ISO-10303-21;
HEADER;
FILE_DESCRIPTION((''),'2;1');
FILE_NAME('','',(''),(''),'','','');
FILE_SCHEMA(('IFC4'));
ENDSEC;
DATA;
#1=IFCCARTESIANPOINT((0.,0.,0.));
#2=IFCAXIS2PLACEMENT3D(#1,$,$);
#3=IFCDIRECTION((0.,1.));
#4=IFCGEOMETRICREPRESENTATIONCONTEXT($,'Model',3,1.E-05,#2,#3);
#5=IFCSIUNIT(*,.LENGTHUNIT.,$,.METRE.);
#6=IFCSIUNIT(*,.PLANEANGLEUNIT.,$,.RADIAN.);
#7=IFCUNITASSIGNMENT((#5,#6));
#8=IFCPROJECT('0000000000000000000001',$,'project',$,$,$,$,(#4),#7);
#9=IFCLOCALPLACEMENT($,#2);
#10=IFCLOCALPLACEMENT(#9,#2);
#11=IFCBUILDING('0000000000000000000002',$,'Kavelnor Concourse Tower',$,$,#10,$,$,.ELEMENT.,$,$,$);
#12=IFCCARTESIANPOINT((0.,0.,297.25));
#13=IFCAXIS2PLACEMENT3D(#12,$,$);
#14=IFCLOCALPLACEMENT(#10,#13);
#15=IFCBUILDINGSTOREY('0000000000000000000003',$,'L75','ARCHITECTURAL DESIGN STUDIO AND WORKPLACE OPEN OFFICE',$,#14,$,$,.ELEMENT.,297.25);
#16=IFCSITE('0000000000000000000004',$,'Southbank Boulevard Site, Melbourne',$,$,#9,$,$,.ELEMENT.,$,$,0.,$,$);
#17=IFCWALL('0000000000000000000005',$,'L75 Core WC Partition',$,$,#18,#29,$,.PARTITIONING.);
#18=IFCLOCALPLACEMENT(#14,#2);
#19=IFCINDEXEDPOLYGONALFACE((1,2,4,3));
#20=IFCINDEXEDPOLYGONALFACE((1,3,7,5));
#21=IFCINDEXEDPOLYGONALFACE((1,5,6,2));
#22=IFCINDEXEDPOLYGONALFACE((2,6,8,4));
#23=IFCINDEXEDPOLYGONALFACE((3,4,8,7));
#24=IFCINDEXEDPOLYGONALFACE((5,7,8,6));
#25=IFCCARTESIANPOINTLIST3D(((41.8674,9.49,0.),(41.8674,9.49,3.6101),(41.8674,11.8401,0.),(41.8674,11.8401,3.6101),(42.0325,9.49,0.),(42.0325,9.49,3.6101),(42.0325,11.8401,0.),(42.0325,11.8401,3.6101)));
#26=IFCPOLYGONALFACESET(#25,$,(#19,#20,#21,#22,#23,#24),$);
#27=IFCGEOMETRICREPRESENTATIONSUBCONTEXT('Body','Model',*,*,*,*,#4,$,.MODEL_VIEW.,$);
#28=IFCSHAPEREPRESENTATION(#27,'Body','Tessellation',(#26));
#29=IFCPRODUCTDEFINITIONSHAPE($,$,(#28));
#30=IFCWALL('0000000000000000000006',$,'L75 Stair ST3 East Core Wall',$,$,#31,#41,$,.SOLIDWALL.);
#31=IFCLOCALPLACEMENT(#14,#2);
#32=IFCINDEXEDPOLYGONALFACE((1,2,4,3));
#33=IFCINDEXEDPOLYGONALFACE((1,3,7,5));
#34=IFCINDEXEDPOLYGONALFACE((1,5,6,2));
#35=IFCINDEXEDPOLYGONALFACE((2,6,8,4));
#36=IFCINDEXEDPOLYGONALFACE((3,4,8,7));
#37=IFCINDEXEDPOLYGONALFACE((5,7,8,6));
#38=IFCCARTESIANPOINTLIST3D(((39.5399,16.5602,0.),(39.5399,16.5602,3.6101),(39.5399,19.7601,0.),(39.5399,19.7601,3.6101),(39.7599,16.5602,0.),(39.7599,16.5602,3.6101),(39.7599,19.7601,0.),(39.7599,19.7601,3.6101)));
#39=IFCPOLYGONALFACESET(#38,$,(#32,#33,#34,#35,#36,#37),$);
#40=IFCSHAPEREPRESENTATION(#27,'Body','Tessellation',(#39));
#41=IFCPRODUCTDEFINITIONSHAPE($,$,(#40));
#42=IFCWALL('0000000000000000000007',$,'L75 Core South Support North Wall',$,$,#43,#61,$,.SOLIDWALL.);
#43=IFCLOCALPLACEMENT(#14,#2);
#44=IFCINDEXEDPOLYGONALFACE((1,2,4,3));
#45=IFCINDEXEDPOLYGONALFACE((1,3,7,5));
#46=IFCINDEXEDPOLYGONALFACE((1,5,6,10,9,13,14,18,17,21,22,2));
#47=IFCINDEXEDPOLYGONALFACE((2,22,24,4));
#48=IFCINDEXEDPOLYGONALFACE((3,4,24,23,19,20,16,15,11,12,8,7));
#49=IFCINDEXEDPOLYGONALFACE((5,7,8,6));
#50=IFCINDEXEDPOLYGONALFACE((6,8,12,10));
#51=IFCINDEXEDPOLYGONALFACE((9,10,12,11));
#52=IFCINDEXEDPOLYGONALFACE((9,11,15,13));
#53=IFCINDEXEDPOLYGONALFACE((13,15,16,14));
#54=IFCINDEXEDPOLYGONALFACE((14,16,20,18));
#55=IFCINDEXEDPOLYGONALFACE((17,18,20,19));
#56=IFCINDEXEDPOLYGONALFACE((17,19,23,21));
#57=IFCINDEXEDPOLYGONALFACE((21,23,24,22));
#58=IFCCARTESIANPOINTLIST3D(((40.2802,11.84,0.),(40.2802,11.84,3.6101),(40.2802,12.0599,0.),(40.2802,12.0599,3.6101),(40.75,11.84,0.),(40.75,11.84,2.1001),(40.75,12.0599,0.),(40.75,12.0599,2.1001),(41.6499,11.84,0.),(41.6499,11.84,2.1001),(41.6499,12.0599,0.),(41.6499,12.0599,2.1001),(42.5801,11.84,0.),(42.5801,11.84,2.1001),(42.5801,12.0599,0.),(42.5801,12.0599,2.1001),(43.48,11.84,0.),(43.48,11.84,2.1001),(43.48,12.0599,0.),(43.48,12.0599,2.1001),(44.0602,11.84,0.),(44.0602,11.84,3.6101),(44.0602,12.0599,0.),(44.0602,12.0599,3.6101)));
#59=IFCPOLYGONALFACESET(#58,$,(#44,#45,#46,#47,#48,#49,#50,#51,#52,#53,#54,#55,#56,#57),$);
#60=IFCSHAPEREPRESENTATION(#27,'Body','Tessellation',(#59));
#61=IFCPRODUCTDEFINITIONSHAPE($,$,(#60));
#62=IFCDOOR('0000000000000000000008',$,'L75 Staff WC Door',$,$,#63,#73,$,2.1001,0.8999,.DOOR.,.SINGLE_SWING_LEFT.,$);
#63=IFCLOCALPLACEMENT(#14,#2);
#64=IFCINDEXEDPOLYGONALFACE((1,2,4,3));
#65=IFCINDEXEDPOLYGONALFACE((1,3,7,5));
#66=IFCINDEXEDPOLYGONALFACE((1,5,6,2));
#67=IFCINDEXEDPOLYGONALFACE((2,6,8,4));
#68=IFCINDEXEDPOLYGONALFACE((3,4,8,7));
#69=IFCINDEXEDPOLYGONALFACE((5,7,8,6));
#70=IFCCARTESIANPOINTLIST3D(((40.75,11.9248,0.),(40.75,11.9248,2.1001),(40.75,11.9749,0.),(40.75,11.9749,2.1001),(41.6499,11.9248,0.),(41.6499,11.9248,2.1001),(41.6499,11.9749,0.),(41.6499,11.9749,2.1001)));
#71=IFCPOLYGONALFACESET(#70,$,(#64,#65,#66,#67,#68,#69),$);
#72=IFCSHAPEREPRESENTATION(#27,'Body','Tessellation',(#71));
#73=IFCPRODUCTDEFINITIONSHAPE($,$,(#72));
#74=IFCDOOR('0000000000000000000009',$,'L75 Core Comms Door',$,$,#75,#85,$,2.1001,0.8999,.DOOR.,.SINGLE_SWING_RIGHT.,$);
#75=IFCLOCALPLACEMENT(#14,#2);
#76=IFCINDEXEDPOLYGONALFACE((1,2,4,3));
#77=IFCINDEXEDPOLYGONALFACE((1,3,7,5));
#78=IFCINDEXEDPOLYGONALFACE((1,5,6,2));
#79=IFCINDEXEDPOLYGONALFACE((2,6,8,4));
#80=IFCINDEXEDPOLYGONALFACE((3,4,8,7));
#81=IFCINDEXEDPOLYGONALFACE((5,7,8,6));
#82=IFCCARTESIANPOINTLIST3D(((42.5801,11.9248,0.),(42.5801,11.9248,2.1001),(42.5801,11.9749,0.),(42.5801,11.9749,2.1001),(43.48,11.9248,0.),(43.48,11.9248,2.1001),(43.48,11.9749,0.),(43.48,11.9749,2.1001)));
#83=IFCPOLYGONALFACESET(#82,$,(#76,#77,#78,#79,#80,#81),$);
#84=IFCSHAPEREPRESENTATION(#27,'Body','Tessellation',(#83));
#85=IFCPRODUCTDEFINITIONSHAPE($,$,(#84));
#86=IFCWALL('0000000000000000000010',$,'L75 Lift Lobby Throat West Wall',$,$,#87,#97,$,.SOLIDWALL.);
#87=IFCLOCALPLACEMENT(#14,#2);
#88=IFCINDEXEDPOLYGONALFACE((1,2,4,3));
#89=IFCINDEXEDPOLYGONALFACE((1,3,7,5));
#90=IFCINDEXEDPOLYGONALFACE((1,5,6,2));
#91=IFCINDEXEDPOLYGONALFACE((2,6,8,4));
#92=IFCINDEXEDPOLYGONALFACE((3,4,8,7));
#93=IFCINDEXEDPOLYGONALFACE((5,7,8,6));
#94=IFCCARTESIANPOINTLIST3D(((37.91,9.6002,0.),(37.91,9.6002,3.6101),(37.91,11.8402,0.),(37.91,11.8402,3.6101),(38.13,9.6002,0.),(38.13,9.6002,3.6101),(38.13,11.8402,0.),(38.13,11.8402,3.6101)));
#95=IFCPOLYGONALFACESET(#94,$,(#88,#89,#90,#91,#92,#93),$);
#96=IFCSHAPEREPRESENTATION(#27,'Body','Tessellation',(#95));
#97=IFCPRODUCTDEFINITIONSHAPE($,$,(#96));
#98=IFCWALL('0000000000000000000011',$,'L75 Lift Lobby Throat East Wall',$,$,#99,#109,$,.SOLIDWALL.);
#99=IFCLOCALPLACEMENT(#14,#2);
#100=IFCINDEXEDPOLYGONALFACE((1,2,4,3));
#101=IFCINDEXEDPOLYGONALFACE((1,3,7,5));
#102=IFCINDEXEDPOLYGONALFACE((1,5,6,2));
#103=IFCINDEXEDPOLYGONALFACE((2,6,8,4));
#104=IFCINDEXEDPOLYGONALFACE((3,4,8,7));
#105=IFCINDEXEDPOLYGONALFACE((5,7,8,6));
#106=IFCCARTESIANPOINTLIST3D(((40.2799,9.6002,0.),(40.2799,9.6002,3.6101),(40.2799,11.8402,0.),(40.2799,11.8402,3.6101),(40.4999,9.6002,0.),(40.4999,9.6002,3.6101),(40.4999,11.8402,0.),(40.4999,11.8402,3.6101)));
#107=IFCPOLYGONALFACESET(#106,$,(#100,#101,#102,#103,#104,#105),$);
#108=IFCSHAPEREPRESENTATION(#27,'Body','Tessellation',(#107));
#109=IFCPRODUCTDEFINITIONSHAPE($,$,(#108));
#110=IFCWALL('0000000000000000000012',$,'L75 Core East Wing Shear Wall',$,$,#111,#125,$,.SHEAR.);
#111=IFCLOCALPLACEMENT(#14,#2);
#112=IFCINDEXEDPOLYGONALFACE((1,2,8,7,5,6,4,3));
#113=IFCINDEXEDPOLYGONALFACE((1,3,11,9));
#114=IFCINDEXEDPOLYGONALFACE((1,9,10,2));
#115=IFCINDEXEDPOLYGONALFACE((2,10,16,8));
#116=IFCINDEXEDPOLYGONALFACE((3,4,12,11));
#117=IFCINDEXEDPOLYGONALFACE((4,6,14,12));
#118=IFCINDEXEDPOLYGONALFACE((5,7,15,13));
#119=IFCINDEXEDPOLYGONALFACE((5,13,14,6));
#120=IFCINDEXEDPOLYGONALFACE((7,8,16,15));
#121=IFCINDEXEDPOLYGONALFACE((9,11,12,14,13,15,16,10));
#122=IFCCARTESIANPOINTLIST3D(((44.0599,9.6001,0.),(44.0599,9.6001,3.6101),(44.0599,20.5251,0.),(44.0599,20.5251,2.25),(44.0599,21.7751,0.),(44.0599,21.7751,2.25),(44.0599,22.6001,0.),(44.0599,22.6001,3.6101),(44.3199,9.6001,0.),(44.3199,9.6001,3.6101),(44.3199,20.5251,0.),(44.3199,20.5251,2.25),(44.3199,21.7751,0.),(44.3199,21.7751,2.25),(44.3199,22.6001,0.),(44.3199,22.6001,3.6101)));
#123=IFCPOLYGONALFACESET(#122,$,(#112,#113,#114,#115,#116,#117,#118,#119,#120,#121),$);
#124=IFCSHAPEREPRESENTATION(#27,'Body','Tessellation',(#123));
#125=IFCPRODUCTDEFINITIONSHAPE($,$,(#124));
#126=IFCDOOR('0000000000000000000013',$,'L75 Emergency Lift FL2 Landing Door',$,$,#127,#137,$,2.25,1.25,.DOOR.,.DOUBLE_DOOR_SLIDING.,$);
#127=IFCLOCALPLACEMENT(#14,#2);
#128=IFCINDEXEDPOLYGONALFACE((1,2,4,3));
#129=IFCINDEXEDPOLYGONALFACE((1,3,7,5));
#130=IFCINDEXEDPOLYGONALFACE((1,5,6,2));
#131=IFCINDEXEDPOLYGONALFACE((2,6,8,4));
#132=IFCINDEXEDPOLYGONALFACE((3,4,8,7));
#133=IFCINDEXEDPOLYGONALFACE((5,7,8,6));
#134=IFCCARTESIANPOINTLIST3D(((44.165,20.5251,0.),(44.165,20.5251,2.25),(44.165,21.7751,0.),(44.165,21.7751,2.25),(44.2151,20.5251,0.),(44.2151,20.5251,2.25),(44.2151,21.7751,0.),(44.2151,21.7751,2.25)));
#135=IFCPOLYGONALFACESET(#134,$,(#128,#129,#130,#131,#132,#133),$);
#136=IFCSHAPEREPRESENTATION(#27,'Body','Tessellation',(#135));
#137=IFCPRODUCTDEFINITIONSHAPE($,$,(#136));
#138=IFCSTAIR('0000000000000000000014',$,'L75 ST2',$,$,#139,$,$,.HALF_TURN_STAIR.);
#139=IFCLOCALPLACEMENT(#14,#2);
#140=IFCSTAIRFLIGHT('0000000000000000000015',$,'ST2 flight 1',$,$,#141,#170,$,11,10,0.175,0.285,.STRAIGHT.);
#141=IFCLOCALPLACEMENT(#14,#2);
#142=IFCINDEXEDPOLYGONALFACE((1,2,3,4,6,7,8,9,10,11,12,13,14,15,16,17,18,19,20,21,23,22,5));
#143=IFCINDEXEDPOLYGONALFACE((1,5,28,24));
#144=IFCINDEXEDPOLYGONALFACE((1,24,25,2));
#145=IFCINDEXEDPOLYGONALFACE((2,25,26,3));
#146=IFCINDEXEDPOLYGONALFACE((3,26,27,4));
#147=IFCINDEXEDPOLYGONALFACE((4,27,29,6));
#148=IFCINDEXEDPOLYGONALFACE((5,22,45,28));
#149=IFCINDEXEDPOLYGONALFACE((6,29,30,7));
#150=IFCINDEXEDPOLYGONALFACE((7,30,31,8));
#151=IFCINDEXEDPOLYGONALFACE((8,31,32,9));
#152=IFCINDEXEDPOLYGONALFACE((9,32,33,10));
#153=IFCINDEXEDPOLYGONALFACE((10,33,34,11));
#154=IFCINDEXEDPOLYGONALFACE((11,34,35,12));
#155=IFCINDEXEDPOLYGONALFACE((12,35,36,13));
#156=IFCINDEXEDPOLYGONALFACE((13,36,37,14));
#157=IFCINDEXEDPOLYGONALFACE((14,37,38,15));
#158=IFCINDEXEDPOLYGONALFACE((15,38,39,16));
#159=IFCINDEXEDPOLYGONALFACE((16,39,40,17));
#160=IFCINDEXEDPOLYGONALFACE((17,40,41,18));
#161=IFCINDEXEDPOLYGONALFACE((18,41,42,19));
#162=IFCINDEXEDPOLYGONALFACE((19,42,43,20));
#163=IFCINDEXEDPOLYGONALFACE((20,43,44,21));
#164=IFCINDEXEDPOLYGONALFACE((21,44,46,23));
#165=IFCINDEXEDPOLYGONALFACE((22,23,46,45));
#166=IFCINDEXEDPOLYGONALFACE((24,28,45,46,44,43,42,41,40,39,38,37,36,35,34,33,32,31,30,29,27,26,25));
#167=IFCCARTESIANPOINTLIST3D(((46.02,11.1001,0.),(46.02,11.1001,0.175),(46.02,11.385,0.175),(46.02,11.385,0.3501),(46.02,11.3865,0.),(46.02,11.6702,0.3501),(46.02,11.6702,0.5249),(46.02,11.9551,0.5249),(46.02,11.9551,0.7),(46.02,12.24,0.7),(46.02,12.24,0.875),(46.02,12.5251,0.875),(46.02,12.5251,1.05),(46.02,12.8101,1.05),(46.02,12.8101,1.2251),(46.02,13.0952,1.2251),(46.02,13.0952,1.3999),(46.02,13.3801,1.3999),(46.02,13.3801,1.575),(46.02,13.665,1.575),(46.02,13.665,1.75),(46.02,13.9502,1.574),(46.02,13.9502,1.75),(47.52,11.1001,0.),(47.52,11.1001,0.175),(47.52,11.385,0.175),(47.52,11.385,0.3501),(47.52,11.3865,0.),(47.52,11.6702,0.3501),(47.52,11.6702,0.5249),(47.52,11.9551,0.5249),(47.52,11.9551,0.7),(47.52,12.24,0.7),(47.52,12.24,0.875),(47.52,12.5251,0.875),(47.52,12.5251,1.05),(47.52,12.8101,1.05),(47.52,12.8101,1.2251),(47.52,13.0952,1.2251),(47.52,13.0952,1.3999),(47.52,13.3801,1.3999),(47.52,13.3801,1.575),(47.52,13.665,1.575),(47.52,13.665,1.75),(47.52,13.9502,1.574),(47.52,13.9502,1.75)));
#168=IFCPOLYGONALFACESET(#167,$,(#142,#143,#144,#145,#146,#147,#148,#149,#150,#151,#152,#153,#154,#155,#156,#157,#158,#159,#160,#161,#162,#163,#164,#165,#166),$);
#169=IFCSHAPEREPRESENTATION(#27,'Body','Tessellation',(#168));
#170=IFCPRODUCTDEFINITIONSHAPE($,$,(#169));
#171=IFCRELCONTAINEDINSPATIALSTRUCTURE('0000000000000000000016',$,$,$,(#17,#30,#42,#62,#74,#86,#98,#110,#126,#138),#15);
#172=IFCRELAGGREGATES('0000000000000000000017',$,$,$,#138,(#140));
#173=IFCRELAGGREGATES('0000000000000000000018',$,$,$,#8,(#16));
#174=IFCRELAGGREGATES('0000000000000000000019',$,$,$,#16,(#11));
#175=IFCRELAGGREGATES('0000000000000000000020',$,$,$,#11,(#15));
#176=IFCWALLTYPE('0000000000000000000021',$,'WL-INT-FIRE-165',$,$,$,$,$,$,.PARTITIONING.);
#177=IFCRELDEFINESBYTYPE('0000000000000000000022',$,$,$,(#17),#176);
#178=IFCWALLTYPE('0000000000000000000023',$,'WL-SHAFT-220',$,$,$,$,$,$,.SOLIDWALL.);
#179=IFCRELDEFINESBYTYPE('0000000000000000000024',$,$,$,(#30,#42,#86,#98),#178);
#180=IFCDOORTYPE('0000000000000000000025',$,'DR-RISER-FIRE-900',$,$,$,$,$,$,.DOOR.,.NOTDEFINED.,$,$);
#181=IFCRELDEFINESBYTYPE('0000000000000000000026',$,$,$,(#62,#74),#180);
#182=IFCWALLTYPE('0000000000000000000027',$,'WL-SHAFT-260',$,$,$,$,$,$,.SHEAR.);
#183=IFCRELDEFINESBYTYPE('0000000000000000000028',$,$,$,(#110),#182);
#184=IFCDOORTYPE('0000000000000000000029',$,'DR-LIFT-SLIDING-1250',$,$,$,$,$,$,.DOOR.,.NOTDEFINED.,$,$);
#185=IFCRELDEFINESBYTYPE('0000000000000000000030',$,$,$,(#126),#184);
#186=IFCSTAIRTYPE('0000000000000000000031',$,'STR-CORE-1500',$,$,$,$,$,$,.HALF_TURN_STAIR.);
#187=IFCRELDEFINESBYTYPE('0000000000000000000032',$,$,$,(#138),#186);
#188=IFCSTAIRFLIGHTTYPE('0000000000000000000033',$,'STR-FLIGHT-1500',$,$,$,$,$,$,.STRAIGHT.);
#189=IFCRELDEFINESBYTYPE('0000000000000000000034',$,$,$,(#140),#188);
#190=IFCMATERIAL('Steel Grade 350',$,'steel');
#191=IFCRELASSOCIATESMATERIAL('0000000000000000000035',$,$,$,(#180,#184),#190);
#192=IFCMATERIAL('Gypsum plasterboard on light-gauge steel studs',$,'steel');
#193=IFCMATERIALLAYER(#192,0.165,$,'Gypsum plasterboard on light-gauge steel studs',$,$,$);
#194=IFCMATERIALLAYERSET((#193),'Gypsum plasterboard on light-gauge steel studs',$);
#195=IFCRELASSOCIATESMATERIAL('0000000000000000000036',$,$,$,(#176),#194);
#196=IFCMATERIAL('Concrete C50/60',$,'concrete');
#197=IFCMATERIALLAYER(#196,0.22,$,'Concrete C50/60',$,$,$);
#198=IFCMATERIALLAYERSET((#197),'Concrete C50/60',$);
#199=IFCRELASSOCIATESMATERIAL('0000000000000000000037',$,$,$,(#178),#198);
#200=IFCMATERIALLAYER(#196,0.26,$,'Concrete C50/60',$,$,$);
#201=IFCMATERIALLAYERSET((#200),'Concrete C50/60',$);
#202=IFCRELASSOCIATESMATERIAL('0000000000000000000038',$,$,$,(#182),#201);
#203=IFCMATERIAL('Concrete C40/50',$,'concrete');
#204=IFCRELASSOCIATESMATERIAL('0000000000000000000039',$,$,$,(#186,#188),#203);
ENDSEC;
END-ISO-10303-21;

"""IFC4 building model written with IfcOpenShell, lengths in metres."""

from ifc_helpers import new_model, si_unit, direction, frame, frame_2d, origin, place, context, subcontext, project, spatial, polyline, rectangle, outline, extrude, material, layer, layer_set, type_object, element, fill, aggregate, save


model = new_model("IFC4")

# Units and contexts
model_context = context("Model", 3, precision=1e-05, world=origin(), true_north=direction((0.0, 1.0)))
body_context = subcontext(model_context, "Body", "Model", "MODEL_VIEW")
ifc_project = project(units=[si_unit("LENGTHUNIT", "METRE"), si_unit("PLANEANGLEUNIT", "RADIAN")], contexts=[model_context])

# Site, building, storey
site_placement = place(None, origin())
site = spatial("IfcSite", under=ifc_project, at=site_placement, Name="Southbank Boulevard Site, Melbourne", CompositionType="ELEMENT", RefElevation=0.0)
building_placement = place(site_placement, origin())
building = spatial("IfcBuilding", under=site, at=building_placement, Name="Kavelnor Concourse Tower", CompositionType="ELEMENT")
storey_placement = place(building_placement, frame((0.0, 0.0, 297.25)))
storey = spatial("IfcBuildingStorey", under=building, at=storey_placement, Name="L75", Description="ARCHITECTURAL DESIGN STUDIO AND WORKPLACE OPEN OFFICE", CompositionType="ELEMENT", Elevation=297.25)

# Shared definitions
ifc_material_1 = material(Name="Steel Grade 350", Category="steel")

# Shared definitions
ifc_material_2 = material(Name="Concrete C50/60", Category="concrete")
door_type_1 = type_object("IfcDoorType", Name="DR-RISER-FIRE-900", OperationType="NOTDEFINED", PredefinedType="DOOR", material=ifc_material_1)

# Walls
ifc_material_3 = material(Name="Gypsum plasterboard on light-gauge steel studs", Category="steel")
ifc_layer_1 = layer(ifc_material_3, 0.165, Name="Gypsum plasterboard on light-gauge steel studs")
ifc_layer_set_1 = layer_set([ifc_layer_1], Name="Gypsum plasterboard on light-gauge steel studs")
wall_type_1 = type_object("IfcWallType", Name="WL-INT-FIRE-165", PredefinedType="PARTITIONING", material=ifc_layer_set_1)
wall_1_placement = place(storey_placement, frame((41.95, 9.49, 0.0), z_axis=(0.0, 0.0, 1.0), x_axis=(0.0, 1.0, 0.0)))
element("IfcWall", 1, at=wall_1_placement, inside=storey, type_object=wall_type_1, Name="L75 Core WC Partition", PredefinedType="PARTITIONING", context=body_context, shape_type="SweptSolid", body=[
    extrude(rectangle(XDim=2.3501, YDim=0.165, at=frame_2d((1.175, 0.0))), origin(), (0.0, 0.0, 1.0), 3.6101),
])
ifc_layer_2 = layer(ifc_material_2, 0.22, Name="Concrete C50/60")
ifc_layer_set_2 = layer_set([ifc_layer_2], Name="Concrete C50/60")
wall_type_2 = type_object("IfcWallType", Name="WL-SHAFT-220", PredefinedType="SOLIDWALL", material=ifc_layer_set_2)
wall_2_placement = place(storey_placement, frame((39.6499, 16.5601, 0.0), z_axis=(0.0, 0.0, 1.0), x_axis=(0.0, 1.0, 0.0)))
element("IfcWall", 2, at=wall_2_placement, inside=storey, type_object=wall_type_2, Name="L75 Stair ST3 East Core Wall", PredefinedType="SOLIDWALL", context=body_context, shape_type="SweptSolid", body=[
    extrude(rectangle(XDim=3.2, YDim=0.22, at=frame_2d((1.6001, 0.0))), origin(), (0.0, 0.0, 1.0), 3.6101),
])

# Wall, openings, doors
wall_3_placement = place(storey_placement, frame((40.28, 11.95, 0.0), z_axis=(0.0, 0.0, 1.0), x_axis=(1.0, 0.0, 0.0)))
wall_3 = element("IfcWall", 3, at=wall_3_placement, inside=storey, type_object=wall_type_2, Name="L75 Core South Support North Wall", PredefinedType="SOLIDWALL", context=body_context, shape_type="SweptSolid", body=[
    extrude(rectangle(XDim=3.78, YDim=0.22, at=frame_2d((1.8901, 0.0))), origin(), (0.0, 0.0, 1.0), 3.6101),
])
opening_1_placement = place(wall_3_placement, frame((0.47, 0.0, 0.0)))
opening_1 = element("IfcOpeningElement", 4, at=opening_1_placement, cuts=wall_3, PredefinedType="OPENING", context=body_context, shape_type="SweptSolid", body=[
    extrude(rectangle(XDim=0.8999, YDim=2.1001, at=frame_2d((0.45, 1.05))), frame((0.0, 0.1201, 0.0), z_axis=(0.0, -1.0, 0.0), x_axis=(1.0, 0.0, 0.0)), (0.0, 0.0, 1.0), 0.24),
])
opening_2_placement = place(wall_3_placement, frame((2.3, 0.0, 0.0)))
opening_2 = element("IfcOpeningElement", 5, at=opening_2_placement, cuts=wall_3, PredefinedType="OPENING", context=body_context, shape_type="SweptSolid", body=[
    extrude(rectangle(XDim=0.8999, YDim=2.1001, at=frame_2d((0.45, 1.05))), frame((0.0, 0.1201, 0.0), z_axis=(0.0, -1.0, 0.0), x_axis=(1.0, 0.0, 0.0)), (0.0, 0.0, 1.0), 0.24),
])
door_1_placement = place(opening_1_placement, origin())
door_1 = element("IfcDoor", 6, at=door_1_placement, inside=storey, type_object=door_type_1, Name="L75 Staff WC Door", OperationType="SINGLE_SWING_LEFT", OverallHeight=2.1001, OverallWidth=0.8999, PredefinedType="DOOR", context=body_context, shape_type="SweptSolid", body=[
    extrude(rectangle(XDim=0.8999, YDim=2.1001, at=frame_2d((0.45, 1.05))), frame((0.0, 0.0249, 0.0), z_axis=(0.0, -1.0, 0.0), x_axis=(1.0, 0.0, 0.0)), (0.0, 0.0, 1.0), 0.05),
])
fill(opening_1, door_1)
door_2_placement = place(opening_2_placement, origin())
door_2 = element("IfcDoor", 7, at=door_2_placement, inside=storey, type_object=door_type_1, Name="L75 Core Comms Door", OperationType="SINGLE_SWING_RIGHT", OverallHeight=2.1001, OverallWidth=0.8999, PredefinedType="DOOR", context=body_context, shape_type="SweptSolid", body=[
    extrude(rectangle(XDim=0.8999, YDim=2.1001, at=frame_2d((0.45, 1.05))), frame((0.0, 0.0249, 0.0), z_axis=(0.0, -1.0, 0.0), x_axis=(1.0, 0.0, 0.0)), (0.0, 0.0, 1.0), 0.05),
])
fill(opening_2, door_2)

# Walls
for number, where, z_axis, x_axis, name in (
    (8, (38.02, 9.6001, 0.0), (0.0, 0.0, 1.0), (0.0, 1.0, 0.0), "L75 Lift Lobby Throat West Wall"),
    (9, (40.3899, 9.6001, 0.0), (0.0, 0.0, 1.0), (0.0, 1.0, 0.0), "L75 Lift Lobby Throat East Wall"),
):
    element("IfcWall", number, at=place(storey_placement, frame(where, z_axis=z_axis, x_axis=x_axis)), inside=storey, type_object=wall_type_2, Name=name, PredefinedType="SOLIDWALL", context=body_context, shape_type="SweptSolid", body=[
        extrude(rectangle(XDim=2.24, YDim=0.22, at=frame_2d((1.1201, 0.0))), origin(), (0.0, 0.0, 1.0), 3.6101),
    ])

# Wall, opening, door
ifc_layer_3 = layer(ifc_material_2, 0.26, Name="Concrete C50/60")
ifc_layer_set_3 = layer_set([ifc_layer_3], Name="Concrete C50/60")
wall_type_3 = type_object("IfcWallType", Name="WL-SHAFT-260", PredefinedType="SHEAR", material=ifc_layer_set_3)
wall_4_placement = place(storey_placement, frame((44.1899, 9.6001, 0.0), z_axis=(0.0, 0.0, 1.0), x_axis=(0.0, 1.0, 0.0)))
wall_4 = element("IfcWall", 10, at=wall_4_placement, inside=storey, type_object=wall_type_3, Name="L75 Core East Wing Shear Wall", PredefinedType="SHEAR", context=body_context, shape_type="SweptSolid", body=[
    extrude(rectangle(XDim=13.0, YDim=0.26, at=frame_2d((6.5, 0.0))), origin(), (0.0, 0.0, 1.0), 3.6101),
])
opening_3_placement = place(wall_4_placement, frame((10.925, 0.0, 0.0)))
opening_3 = element("IfcOpeningElement", 11, at=opening_3_placement, cuts=wall_4, PredefinedType="OPENING", context=body_context, shape_type="SweptSolid", body=[
    extrude(rectangle(XDim=1.25, YDim=2.25, at=frame_2d((0.625, 1.125))), frame((0.0, 0.1401, 0.0), z_axis=(0.0, -1.0, 0.0), x_axis=(1.0, 0.0, 0.0)), (0.0, 0.0, 1.0), 0.28),
])
door_type_2 = type_object("IfcDoorType", Name="DR-LIFT-SLIDING-1250", OperationType="NOTDEFINED", PredefinedType="DOOR", material=ifc_material_1)
door_3_placement = place(opening_3_placement, origin())
door_3 = element("IfcDoor", 12, at=door_3_placement, inside=storey, type_object=door_type_2, Name="L75 Emergency Lift FL2 Landing Door", OperationType="DOUBLE_DOOR_SLIDING", OverallHeight=2.25, OverallWidth=1.25, PredefinedType="DOOR", context=body_context, shape_type="SweptSolid", body=[
    extrude(rectangle(XDim=1.25, YDim=2.25, at=frame_2d((0.625, 1.125))), frame((0.0, 0.0249, 0.0), z_axis=(0.0, -1.0, 0.0), x_axis=(1.0, 0.0, 0.0)), (0.0, 0.0, 1.0), 0.05),
])
fill(opening_3, door_3)

# Stair, stair flight
ifc_material_4 = material(Name="Concrete C40/50", Category="concrete")
stair_type = type_object("IfcStairType", Name="STR-CORE-1500", PredefinedType="HALF_TURN_STAIR", material=ifc_material_4)
stair_placement = place(storey_placement, origin())
stair = element("IfcStair", 13, at=stair_placement, inside=storey, type_object=stair_type, Name="L75 ST2", PredefinedType="HALF_TURN_STAIR")
stair_flight_type = type_object("IfcStairFlightType", Name="STR-FLIGHT-1500", PredefinedType="STRAIGHT", material=ifc_material_4)
stair_flight_1_placement = place(storey_placement, frame((46.77, 11.1001, 0.0), z_axis=(0.0, 0.0, 1.0), x_axis=(0.0, 1.0, 0.0)))
stair_flight_1 = element("IfcStairFlight", 14, at=stair_flight_1_placement, type_object=stair_flight_type, Name="ST2 flight 1", NumberOfRisers=11, NumberOfTreads=10, PredefinedType="STRAIGHT", RiserHeight=0.175, TreadLength=0.285, context=body_context, shape_type="SweptSolid", body=[
    extrude(outline(polyline([(0.0, 0.0), (0.0, 0.175), (0.2849, 0.175), (0.2849, 0.3501), (0.5701, 0.3501), (0.5701, 0.5249), (0.855, 0.5249), (0.855, 0.7), (1.1399, 0.7), (1.1399, 0.875), (1.425, 0.875), (1.425, 1.05), (1.71, 1.05), (1.71, 1.2251), (1.9951, 1.2251), (1.9951, 1.3999), (2.28, 1.3999), (2.28, 1.575), (2.5649, 1.575), (2.5649, 1.75), (2.8501, 1.75), (2.8501, 1.925), (2.8501, 1.574), (0.2864, 0.0), (0.0, 0.0)])), frame((0.0, 0.75, 0.0), z_axis=(0.0, -1.0, 0.0), x_axis=(1.0, 0.0, 0.0)), (0.0, 0.0, 1.0), 1.5),
])
aggregate(stair, [stair_flight_1])

save(model, "model.ifc")
